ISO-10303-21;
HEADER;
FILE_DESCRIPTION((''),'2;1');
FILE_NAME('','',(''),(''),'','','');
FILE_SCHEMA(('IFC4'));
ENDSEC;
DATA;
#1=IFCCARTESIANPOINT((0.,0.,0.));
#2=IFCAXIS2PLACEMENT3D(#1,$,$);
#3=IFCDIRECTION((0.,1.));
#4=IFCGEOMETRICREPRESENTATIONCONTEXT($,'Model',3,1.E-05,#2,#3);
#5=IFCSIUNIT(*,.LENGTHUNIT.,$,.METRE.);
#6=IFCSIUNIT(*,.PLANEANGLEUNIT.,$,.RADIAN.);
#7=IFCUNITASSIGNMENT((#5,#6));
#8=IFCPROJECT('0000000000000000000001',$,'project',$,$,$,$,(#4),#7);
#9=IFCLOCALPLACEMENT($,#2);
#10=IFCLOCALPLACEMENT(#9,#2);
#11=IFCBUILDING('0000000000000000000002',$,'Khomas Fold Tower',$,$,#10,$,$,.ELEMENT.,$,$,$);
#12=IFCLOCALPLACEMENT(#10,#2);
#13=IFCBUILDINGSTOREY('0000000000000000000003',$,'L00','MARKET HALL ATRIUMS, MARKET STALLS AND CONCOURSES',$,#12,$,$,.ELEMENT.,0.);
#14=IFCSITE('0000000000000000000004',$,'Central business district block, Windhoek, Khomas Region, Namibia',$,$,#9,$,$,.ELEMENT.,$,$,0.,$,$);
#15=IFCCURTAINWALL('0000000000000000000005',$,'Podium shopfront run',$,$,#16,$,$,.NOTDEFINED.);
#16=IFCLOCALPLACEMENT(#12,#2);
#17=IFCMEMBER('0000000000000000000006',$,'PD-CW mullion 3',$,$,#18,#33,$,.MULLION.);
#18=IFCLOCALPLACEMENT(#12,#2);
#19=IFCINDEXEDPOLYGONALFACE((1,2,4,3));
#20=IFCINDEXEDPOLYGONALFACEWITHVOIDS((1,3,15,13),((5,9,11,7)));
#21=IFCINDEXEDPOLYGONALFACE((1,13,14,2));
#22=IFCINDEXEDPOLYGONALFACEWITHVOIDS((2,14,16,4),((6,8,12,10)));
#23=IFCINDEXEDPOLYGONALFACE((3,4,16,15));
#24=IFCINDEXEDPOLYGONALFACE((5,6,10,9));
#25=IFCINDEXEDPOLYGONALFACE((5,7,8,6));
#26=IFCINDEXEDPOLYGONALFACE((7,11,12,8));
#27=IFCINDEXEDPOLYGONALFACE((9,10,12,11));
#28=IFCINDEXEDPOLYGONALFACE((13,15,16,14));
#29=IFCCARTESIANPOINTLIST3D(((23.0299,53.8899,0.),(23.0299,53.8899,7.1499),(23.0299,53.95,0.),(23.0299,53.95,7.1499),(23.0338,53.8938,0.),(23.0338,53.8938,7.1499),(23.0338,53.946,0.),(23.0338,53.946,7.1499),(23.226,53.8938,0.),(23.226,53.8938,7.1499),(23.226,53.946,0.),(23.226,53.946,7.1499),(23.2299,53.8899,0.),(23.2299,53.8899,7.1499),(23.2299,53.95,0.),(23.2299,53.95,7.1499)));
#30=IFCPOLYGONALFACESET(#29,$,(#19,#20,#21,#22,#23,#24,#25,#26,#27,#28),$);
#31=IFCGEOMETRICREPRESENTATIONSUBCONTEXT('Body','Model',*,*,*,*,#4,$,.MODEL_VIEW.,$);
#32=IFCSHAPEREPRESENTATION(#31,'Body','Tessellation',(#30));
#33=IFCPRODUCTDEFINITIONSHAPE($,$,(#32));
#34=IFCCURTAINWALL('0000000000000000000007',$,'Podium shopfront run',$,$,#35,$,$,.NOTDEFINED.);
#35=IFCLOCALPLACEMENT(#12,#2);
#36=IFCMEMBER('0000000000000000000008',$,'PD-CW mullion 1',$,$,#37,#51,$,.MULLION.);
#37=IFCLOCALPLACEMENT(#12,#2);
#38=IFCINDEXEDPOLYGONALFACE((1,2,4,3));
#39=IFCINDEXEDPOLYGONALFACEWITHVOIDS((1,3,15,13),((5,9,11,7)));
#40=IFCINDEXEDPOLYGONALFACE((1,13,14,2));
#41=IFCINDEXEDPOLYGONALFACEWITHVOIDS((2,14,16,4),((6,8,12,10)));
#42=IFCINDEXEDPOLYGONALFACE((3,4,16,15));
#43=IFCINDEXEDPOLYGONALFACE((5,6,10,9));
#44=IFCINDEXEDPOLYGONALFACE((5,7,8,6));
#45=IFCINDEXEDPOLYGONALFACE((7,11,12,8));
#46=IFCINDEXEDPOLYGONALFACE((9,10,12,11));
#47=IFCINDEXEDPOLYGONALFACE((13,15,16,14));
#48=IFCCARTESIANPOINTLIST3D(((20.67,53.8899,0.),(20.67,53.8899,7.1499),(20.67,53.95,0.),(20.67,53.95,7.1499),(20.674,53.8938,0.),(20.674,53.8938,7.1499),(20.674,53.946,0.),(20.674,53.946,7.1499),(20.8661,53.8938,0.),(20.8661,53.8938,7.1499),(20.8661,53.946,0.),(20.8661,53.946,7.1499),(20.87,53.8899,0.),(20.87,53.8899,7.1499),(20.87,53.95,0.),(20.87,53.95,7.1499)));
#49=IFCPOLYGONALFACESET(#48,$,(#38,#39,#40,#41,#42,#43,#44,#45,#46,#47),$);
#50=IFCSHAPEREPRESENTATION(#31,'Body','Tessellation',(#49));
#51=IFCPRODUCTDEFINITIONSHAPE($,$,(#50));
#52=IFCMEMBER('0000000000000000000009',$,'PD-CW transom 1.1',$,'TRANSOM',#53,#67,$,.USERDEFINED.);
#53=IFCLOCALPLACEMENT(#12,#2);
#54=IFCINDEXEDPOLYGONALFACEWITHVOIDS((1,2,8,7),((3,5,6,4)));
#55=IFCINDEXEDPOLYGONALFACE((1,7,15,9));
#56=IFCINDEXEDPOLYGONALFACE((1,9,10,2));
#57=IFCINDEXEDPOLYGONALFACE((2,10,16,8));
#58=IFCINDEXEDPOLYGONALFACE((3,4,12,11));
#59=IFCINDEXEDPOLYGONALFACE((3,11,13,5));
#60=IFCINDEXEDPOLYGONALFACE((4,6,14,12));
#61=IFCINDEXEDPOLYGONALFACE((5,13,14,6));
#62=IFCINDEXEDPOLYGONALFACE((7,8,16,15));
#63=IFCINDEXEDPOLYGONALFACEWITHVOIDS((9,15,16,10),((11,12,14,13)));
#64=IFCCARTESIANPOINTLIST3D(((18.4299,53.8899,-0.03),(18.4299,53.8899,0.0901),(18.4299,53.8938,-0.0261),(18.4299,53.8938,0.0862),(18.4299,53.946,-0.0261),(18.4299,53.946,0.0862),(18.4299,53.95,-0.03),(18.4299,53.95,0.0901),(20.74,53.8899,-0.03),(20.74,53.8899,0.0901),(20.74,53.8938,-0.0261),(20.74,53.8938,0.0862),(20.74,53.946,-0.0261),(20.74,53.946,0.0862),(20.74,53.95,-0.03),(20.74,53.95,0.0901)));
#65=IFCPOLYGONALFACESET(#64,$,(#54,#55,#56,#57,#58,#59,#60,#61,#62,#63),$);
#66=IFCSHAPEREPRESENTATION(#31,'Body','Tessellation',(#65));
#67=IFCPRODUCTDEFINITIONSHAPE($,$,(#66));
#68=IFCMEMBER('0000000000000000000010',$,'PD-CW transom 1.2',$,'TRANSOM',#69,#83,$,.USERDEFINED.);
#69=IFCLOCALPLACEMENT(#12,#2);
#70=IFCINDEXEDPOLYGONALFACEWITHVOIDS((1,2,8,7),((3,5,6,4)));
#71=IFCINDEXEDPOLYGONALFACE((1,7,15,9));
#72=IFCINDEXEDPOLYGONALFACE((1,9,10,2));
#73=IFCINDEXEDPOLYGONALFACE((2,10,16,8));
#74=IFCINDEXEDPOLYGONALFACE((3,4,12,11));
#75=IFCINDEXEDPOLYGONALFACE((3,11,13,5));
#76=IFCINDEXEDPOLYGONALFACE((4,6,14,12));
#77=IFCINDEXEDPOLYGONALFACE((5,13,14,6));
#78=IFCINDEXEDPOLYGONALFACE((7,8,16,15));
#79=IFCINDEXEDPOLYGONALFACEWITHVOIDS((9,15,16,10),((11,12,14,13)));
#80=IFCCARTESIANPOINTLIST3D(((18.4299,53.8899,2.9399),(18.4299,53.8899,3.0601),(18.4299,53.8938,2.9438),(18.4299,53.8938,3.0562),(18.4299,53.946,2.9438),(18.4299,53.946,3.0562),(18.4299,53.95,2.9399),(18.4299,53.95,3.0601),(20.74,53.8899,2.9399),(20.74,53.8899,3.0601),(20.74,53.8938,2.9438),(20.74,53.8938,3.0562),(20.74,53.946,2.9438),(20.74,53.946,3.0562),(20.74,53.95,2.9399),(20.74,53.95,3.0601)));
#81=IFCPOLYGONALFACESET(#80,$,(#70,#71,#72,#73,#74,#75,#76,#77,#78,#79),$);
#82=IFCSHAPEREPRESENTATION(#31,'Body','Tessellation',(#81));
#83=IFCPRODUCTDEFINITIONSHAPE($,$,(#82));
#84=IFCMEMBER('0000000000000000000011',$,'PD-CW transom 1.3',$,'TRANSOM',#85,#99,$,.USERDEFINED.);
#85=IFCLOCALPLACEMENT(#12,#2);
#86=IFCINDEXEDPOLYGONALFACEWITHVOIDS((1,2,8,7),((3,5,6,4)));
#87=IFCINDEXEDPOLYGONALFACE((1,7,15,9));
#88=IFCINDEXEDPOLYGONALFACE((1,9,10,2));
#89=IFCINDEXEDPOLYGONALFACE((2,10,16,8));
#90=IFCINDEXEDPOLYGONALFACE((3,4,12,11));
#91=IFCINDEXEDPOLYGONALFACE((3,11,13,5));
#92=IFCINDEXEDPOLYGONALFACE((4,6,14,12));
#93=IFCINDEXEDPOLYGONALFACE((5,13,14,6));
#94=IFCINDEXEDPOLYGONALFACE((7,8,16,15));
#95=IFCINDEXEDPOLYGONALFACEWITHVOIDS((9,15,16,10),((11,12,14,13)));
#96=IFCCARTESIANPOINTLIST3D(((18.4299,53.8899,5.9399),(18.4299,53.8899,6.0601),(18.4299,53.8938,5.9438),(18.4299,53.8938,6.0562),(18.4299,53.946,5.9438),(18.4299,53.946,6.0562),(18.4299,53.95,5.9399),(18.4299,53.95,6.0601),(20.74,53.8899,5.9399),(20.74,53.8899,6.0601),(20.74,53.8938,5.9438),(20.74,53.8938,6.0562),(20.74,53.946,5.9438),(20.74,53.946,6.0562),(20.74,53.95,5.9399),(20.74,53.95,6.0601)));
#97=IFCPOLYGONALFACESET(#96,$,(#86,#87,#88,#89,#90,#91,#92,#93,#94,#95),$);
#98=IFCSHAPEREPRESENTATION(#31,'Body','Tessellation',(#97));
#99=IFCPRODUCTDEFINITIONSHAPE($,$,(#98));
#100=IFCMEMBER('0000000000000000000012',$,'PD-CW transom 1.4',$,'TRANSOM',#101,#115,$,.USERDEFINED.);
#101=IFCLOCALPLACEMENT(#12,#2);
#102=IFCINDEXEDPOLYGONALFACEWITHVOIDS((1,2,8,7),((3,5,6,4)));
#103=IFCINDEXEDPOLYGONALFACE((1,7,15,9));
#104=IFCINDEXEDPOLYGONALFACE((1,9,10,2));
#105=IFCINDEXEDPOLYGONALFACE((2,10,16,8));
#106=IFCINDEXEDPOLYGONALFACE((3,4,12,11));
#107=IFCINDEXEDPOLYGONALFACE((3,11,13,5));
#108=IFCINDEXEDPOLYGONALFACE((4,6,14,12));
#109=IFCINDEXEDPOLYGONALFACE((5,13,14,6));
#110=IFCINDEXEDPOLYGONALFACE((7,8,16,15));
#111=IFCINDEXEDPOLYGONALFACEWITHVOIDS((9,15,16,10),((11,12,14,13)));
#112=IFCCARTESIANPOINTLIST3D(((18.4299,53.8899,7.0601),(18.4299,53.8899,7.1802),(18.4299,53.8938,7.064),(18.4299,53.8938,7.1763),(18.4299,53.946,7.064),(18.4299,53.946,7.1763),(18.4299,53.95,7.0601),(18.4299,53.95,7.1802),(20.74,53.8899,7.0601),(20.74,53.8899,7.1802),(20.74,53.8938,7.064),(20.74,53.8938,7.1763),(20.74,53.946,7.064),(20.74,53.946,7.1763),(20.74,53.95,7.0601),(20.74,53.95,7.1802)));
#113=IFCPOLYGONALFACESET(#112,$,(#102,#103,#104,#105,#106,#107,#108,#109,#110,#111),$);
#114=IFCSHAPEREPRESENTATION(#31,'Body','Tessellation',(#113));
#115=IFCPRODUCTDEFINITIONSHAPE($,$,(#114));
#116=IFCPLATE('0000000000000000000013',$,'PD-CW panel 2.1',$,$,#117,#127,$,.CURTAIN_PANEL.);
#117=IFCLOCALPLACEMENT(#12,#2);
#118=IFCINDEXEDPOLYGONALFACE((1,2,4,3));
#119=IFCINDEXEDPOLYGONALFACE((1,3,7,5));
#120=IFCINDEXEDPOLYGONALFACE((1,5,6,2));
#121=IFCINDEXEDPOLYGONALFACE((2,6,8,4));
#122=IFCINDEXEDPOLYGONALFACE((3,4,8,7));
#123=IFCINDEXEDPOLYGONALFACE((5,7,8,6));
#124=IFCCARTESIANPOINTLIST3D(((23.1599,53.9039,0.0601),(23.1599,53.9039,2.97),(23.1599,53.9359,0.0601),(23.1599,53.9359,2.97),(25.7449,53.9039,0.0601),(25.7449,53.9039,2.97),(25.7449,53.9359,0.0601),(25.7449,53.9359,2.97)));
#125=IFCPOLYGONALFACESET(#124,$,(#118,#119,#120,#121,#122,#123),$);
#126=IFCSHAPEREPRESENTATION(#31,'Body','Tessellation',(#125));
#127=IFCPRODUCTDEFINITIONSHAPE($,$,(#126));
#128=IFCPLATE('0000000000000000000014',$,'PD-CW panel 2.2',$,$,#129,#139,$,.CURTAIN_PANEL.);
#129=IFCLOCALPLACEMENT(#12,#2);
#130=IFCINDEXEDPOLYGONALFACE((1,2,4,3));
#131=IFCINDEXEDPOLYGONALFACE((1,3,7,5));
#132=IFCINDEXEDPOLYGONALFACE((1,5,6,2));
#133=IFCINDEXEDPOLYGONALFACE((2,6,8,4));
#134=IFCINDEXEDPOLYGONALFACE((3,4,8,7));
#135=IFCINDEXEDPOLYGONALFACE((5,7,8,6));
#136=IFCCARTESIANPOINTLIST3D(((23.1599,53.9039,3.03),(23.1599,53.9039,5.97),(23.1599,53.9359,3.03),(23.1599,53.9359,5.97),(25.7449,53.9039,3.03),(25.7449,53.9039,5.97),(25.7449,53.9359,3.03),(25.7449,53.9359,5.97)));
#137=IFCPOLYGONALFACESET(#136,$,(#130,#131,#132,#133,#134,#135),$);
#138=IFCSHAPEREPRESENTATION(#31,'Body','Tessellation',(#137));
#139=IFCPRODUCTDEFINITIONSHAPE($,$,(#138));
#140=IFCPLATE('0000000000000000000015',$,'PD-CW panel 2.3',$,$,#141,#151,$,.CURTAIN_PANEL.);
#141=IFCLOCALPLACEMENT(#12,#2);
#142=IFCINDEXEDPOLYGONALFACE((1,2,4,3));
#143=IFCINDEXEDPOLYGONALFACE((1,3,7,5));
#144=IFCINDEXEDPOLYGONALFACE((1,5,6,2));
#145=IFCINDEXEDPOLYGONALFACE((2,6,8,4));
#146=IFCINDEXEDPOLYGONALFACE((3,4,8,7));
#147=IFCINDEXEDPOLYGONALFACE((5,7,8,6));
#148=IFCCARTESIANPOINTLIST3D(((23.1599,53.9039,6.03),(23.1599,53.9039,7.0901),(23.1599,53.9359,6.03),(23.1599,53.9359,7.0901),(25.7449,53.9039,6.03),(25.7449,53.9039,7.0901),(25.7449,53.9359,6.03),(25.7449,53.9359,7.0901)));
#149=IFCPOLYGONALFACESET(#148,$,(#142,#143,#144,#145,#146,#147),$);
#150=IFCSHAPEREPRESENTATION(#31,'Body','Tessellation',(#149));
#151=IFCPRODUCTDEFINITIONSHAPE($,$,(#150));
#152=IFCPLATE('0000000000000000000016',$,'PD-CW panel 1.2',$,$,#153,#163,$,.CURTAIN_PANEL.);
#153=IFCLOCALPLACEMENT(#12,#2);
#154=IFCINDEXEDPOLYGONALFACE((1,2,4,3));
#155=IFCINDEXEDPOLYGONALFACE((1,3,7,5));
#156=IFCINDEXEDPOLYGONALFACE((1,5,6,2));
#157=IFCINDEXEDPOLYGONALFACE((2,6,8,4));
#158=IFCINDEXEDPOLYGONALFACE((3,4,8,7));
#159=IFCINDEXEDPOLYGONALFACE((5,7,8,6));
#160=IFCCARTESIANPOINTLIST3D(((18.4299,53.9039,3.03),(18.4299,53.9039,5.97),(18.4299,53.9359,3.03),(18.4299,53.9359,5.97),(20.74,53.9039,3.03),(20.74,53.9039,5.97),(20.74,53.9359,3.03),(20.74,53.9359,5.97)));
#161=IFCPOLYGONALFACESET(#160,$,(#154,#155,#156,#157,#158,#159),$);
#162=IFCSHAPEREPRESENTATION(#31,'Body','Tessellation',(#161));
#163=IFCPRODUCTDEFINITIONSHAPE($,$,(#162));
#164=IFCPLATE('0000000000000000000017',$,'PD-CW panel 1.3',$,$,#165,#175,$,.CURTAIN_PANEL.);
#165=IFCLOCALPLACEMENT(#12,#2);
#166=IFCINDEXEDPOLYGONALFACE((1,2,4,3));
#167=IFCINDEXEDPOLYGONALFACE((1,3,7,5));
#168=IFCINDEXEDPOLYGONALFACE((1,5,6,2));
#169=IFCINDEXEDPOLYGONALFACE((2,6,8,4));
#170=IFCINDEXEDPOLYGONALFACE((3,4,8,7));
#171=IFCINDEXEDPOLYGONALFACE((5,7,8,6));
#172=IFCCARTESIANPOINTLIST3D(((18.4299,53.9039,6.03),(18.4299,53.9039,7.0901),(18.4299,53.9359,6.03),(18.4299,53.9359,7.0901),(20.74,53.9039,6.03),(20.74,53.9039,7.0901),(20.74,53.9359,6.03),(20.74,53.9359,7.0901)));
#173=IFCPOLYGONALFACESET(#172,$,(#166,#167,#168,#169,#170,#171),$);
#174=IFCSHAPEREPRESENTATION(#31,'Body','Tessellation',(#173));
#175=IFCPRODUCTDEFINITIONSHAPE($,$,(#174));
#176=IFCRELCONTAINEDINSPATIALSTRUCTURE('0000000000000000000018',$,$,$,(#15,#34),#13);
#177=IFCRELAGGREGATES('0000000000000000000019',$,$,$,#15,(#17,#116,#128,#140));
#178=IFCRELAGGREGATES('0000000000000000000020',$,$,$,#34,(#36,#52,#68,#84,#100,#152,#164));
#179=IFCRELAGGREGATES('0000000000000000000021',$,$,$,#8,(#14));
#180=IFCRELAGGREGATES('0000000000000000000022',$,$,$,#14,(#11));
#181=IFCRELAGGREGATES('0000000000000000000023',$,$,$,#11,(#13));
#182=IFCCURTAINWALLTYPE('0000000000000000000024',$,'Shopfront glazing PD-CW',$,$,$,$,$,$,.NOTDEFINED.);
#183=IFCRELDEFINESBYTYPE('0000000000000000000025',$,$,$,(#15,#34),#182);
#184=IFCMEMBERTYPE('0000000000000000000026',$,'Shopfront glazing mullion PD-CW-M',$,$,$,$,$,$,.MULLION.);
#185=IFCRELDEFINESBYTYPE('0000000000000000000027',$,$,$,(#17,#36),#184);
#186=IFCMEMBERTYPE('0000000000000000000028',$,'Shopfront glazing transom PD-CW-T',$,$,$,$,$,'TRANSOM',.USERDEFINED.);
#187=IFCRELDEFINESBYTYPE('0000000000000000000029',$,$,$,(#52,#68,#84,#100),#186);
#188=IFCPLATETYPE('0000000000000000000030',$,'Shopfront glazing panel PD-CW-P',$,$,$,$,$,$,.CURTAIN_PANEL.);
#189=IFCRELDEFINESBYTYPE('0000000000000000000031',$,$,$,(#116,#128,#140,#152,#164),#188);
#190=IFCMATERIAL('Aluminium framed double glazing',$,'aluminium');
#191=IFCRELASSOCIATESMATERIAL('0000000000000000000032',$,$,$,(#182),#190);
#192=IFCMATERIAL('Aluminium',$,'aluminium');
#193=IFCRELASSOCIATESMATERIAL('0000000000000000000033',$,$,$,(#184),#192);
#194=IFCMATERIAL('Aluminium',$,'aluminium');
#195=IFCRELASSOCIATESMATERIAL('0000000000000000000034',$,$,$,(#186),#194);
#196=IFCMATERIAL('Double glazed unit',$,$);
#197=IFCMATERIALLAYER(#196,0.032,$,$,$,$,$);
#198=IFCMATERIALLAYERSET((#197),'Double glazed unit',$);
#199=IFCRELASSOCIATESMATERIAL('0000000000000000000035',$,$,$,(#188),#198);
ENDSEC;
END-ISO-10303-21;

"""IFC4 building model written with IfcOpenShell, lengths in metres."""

from ifc_helpers import new_model, si_unit, direction, frame, origin, origin_2d, place, context, subcontext, project, spatial, rectangle, hollow_rectangle, extrude, source, transform, mapped, material, layer, layer_set, material_profile, profile_set, type_object, element, aggregate, save


model = new_model("IFC4")

# Units and contexts
model_context = context("Model", 3, precision=1e-05, world=origin(), true_north=direction((0.0, 1.0)))
body_context = subcontext(model_context, "Body", "Model", "MODEL_VIEW")
ifc_project = project(units=[si_unit("LENGTHUNIT", "METRE"), si_unit("PLANEANGLEUNIT", "RADIAN")], contexts=[model_context])

# Site, building, storey
site_placement = place(None, origin())
site = spatial("IfcSite", under=ifc_project, at=site_placement, Name="Central business district block, Windhoek, Khomas Region, Namibia", CompositionType="ELEMENT", RefElevation=0.0)
building_placement = place(site_placement, origin())
building = spatial("IfcBuilding", under=site, at=building_placement, Name="Khomas Fold Tower", CompositionType="ELEMENT")
storey_placement = place(building_placement, origin())
storey = spatial("IfcBuildingStorey", under=building, at=storey_placement, Name="L00", Description="MARKET HALL ATRIUMS, MARKET STALLS AND CONCOURSES", CompositionType="ELEMENT", Elevation=0.0)

# Curtain wall, member
ifc_material_1 = material(Name="Aluminium framed double glazing", Category="aluminium")
curtain_wall_type = type_object("IfcCurtainWallType", Name="Shopfront glazing PD-CW", PredefinedType="NOTDEFINED", material=ifc_material_1)
curtain_wall_1_placement = place(storey_placement, origin())
curtain_wall_1 = element("IfcCurtainWall", 1, at=curtain_wall_1_placement, inside=storey, type_object=curtain_wall_type, Name="Podium shopfront run", PredefinedType="NOTDEFINED")
ifc_material_2 = material(Name="Aluminium", Category="aluminium")
ifc_material_profile_1 = material_profile(ifc_material_2, hollow_rectangle(XDim=0.0601, YDim=0.2, WallThickness=0.0039, at=origin_2d()), Name="Shopfront glazing mullion PD-CW-M")
ifc_profile_set_1 = profile_set([ifc_material_profile_1], Name="Aluminium")
member_type_1 = type_object("IfcMemberType", Name="Shopfront glazing mullion PD-CW-M", PredefinedType="MULLION", material=ifc_profile_set_1)
shared_shape_1 = source(origin(), body_context, "Body", "SweptSolid", [
    extrude(hollow_rectangle(XDim=0.0601, YDim=0.2, WallThickness=0.0039, at=origin_2d()), origin(), (0.0, 0.0, 1.0), 7.1499),
])
member_1_placement = place(storey_placement, frame((23.1299, 53.9199, 0.0), z_axis=(0.0, 0.0, 1.0), x_axis=(0.0, -1.0, 0.0)))
member_1 = element("IfcMember", 2, at=member_1_placement, type_object=member_type_1, Name="PD-CW mullion 3", PredefinedType="MULLION", context=body_context, shape_type="MappedRepresentation", body=[
    mapped(shared_shape_1, transform((0.0, 0.0, 0.0))),
])

# Curtain wall, members
curtain_wall_2_placement = place(storey_placement, origin())
curtain_wall_2 = element("IfcCurtainWall", 3, at=curtain_wall_2_placement, inside=storey, type_object=curtain_wall_type, Name="Podium shopfront run", PredefinedType="NOTDEFINED")
member_2_placement = place(storey_placement, frame((20.77, 53.9199, 0.0), z_axis=(0.0, 0.0, 1.0), x_axis=(0.0, -1.0, 0.0)))
member_2 = element("IfcMember", 4, at=member_2_placement, type_object=member_type_1, Name="PD-CW mullion 1", PredefinedType="MULLION", context=body_context, shape_type="MappedRepresentation", body=[
    mapped(shared_shape_1, transform((0.0, 0.0, 0.0))),
])
ifc_material_3 = material(Name="Aluminium", Category="aluminium")
ifc_material_profile_2 = material_profile(ifc_material_3, hollow_rectangle(XDim=0.0601, YDim=0.1201, WallThickness=0.0039, at=origin_2d()), Name="Shopfront glazing transom PD-CW-T")
ifc_profile_set_2 = profile_set([ifc_material_profile_2], Name="Aluminium")
member_type_2 = type_object("IfcMemberType", Name="Shopfront glazing transom PD-CW-T", ElementType="TRANSOM", PredefinedType="USERDEFINED", material=ifc_profile_set_2)
shared_shape_2 = source(origin(), body_context, "Body", "SweptSolid", [
    extrude(hollow_rectangle(XDim=0.0601, YDim=0.1201, WallThickness=0.0039, at=origin_2d()), origin(), (0.0, 0.0, 1.0), 2.3101),
])
member_3_placement = place(storey_placement, frame((20.74, 53.9199, 0.03), z_axis=(-1.0, 0.0, 0.0), x_axis=(0.0, -1.0, 0.0)))
member_3 = element("IfcMember", 5, at=member_3_placement, type_object=member_type_2, Name="PD-CW transom 1.1", ObjectType="TRANSOM", PredefinedType="USERDEFINED", context=body_context, shape_type="MappedRepresentation", body=[
    mapped(shared_shape_2, transform((0.0, 0.0, 0.0))),
])
member_4_placement = place(storey_placement, frame((20.74, 53.9199, 3.0), z_axis=(-1.0, 0.0, 0.0), x_axis=(0.0, -1.0, 0.0)))
member_4 = element("IfcMember", 6, at=member_4_placement, type_object=member_type_2, Name="PD-CW transom 1.2", ObjectType="TRANSOM", PredefinedType="USERDEFINED", context=body_context, shape_type="MappedRepresentation", body=[
    mapped(shared_shape_2, transform((0.0, 0.0, 0.0))),
])
member_5_placement = place(storey_placement, frame((20.74, 53.9199, 6.0), z_axis=(-1.0, 0.0, 0.0), x_axis=(0.0, -1.0, 0.0)))
member_5 = element("IfcMember", 7, at=member_5_placement, type_object=member_type_2, Name="PD-CW transom 1.3", ObjectType="TRANSOM", PredefinedType="USERDEFINED", context=body_context, shape_type="MappedRepresentation", body=[
    mapped(shared_shape_2, transform((0.0, 0.0, 0.0))),
])
member_6_placement = place(storey_placement, frame((20.74, 53.9199, 7.1201), z_axis=(-1.0, 0.0, 0.0), x_axis=(0.0, -1.0, 0.0)))
member_6 = element("IfcMember", 8, at=member_6_placement, type_object=member_type_2, Name="PD-CW transom 1.4", ObjectType="TRANSOM", PredefinedType="USERDEFINED", context=body_context, shape_type="MappedRepresentation", body=[
    mapped(shared_shape_2, transform((0.0, 0.0, 0.0))),
])

# Plates
ifc_material_4 = material(Name="Double glazed unit")
ifc_layer_1 = layer(ifc_material_4, 0.032)
ifc_layer_set_1 = layer_set([ifc_layer_1], Name="Double glazed unit")
plate_type = type_object("IfcPlateType", Name="Shopfront glazing panel PD-CW-P", PredefinedType="CURTAIN_PANEL", material=ifc_layer_set_1)
shared_shape_3 = source(origin(), body_context, "Body", "SweptSolid", [
    extrude(rectangle(XDim=2.585, YDim=0.032, at=origin_2d()), origin(), (0.0, 0.0, 1.0), 2.9099),
])
plate_1_placement = place(storey_placement, frame((24.4524, 53.9199, 0.0601), z_axis=(0.0, 0.0, 1.0), x_axis=(-1.0, 0.0, 0.0)))
plate_1 = element("IfcPlate", 9, at=plate_1_placement, type_object=plate_type, Name="PD-CW panel 2.1", PredefinedType="CURTAIN_PANEL", context=body_context, shape_type="MappedRepresentation", body=[
    mapped(shared_shape_3, transform((0.0, 0.0, 0.0))),
])
shared_shape_4 = source(origin(), body_context, "Body", "SweptSolid", [
    extrude(rectangle(XDim=2.585, YDim=0.032, at=origin_2d()), origin(), (0.0, 0.0, 1.0), 2.9399),
])
plate_2_placement = place(storey_placement, frame((24.4524, 53.9199, 3.03), z_axis=(0.0, 0.0, 1.0), x_axis=(-1.0, 0.0, 0.0)))
plate_2 = element("IfcPlate", 10, at=plate_2_placement, type_object=plate_type, Name="PD-CW panel 2.2", PredefinedType="CURTAIN_PANEL", context=body_context, shape_type="MappedRepresentation", body=[
    mapped(shared_shape_4, transform((0.0, 0.0, 0.0))),
])
shared_shape_5 = source(origin(), body_context, "Body", "SweptSolid", [
    extrude(rectangle(XDim=2.585, YDim=0.032, at=origin_2d()), origin(), (0.0, 0.0, 1.0), 1.0601),
])
plate_3_placement = place(storey_placement, frame((24.4524, 53.9199, 6.03), z_axis=(0.0, 0.0, 1.0), x_axis=(-1.0, 0.0, 0.0)))
plate_3 = element("IfcPlate", 11, at=plate_3_placement, type_object=plate_type, Name="PD-CW panel 2.3", PredefinedType="CURTAIN_PANEL", context=body_context, shape_type="MappedRepresentation", body=[
    mapped(shared_shape_5, transform((0.0, 0.0, 0.0))),
])
aggregate(curtain_wall_1, [member_1, plate_1, plate_2, plate_3])
shared_shape_6 = source(origin(), body_context, "Body", "SweptSolid", [
    extrude(rectangle(XDim=2.3101, YDim=0.032, at=origin_2d()), origin(), (0.0, 0.0, 1.0), 2.9399),
])
plate_4_placement = place(storey_placement, frame((19.585, 53.9199, 3.03), z_axis=(0.0, 0.0, 1.0), x_axis=(-1.0, 0.0, 0.0)))
plate_4 = element("IfcPlate", 12, at=plate_4_placement, type_object=plate_type, Name="PD-CW panel 1.2", PredefinedType="CURTAIN_PANEL", context=body_context, shape_type="MappedRepresentation", body=[
    mapped(shared_shape_6, transform((0.0, 0.0, 0.0))),
])
shared_shape_7 = source(origin(), body_context, "Body", "SweptSolid", [
    extrude(rectangle(XDim=2.3101, YDim=0.032, at=origin_2d()), origin(), (0.0, 0.0, 1.0), 1.0601),
])
plate_5_placement = place(storey_placement, frame((19.585, 53.9199, 6.03), z_axis=(0.0, 0.0, 1.0), x_axis=(-1.0, 0.0, 0.0)))
plate_5 = element("IfcPlate", 13, at=plate_5_placement, type_object=plate_type, Name="PD-CW panel 1.3", PredefinedType="CURTAIN_PANEL", context=body_context, shape_type="MappedRepresentation", body=[
    mapped(shared_shape_7, transform((0.0, 0.0, 0.0))),
])
aggregate(curtain_wall_2, [member_2, member_3, member_4, member_5, member_6, plate_4, plate_5])

save(model, "model.ifc")
